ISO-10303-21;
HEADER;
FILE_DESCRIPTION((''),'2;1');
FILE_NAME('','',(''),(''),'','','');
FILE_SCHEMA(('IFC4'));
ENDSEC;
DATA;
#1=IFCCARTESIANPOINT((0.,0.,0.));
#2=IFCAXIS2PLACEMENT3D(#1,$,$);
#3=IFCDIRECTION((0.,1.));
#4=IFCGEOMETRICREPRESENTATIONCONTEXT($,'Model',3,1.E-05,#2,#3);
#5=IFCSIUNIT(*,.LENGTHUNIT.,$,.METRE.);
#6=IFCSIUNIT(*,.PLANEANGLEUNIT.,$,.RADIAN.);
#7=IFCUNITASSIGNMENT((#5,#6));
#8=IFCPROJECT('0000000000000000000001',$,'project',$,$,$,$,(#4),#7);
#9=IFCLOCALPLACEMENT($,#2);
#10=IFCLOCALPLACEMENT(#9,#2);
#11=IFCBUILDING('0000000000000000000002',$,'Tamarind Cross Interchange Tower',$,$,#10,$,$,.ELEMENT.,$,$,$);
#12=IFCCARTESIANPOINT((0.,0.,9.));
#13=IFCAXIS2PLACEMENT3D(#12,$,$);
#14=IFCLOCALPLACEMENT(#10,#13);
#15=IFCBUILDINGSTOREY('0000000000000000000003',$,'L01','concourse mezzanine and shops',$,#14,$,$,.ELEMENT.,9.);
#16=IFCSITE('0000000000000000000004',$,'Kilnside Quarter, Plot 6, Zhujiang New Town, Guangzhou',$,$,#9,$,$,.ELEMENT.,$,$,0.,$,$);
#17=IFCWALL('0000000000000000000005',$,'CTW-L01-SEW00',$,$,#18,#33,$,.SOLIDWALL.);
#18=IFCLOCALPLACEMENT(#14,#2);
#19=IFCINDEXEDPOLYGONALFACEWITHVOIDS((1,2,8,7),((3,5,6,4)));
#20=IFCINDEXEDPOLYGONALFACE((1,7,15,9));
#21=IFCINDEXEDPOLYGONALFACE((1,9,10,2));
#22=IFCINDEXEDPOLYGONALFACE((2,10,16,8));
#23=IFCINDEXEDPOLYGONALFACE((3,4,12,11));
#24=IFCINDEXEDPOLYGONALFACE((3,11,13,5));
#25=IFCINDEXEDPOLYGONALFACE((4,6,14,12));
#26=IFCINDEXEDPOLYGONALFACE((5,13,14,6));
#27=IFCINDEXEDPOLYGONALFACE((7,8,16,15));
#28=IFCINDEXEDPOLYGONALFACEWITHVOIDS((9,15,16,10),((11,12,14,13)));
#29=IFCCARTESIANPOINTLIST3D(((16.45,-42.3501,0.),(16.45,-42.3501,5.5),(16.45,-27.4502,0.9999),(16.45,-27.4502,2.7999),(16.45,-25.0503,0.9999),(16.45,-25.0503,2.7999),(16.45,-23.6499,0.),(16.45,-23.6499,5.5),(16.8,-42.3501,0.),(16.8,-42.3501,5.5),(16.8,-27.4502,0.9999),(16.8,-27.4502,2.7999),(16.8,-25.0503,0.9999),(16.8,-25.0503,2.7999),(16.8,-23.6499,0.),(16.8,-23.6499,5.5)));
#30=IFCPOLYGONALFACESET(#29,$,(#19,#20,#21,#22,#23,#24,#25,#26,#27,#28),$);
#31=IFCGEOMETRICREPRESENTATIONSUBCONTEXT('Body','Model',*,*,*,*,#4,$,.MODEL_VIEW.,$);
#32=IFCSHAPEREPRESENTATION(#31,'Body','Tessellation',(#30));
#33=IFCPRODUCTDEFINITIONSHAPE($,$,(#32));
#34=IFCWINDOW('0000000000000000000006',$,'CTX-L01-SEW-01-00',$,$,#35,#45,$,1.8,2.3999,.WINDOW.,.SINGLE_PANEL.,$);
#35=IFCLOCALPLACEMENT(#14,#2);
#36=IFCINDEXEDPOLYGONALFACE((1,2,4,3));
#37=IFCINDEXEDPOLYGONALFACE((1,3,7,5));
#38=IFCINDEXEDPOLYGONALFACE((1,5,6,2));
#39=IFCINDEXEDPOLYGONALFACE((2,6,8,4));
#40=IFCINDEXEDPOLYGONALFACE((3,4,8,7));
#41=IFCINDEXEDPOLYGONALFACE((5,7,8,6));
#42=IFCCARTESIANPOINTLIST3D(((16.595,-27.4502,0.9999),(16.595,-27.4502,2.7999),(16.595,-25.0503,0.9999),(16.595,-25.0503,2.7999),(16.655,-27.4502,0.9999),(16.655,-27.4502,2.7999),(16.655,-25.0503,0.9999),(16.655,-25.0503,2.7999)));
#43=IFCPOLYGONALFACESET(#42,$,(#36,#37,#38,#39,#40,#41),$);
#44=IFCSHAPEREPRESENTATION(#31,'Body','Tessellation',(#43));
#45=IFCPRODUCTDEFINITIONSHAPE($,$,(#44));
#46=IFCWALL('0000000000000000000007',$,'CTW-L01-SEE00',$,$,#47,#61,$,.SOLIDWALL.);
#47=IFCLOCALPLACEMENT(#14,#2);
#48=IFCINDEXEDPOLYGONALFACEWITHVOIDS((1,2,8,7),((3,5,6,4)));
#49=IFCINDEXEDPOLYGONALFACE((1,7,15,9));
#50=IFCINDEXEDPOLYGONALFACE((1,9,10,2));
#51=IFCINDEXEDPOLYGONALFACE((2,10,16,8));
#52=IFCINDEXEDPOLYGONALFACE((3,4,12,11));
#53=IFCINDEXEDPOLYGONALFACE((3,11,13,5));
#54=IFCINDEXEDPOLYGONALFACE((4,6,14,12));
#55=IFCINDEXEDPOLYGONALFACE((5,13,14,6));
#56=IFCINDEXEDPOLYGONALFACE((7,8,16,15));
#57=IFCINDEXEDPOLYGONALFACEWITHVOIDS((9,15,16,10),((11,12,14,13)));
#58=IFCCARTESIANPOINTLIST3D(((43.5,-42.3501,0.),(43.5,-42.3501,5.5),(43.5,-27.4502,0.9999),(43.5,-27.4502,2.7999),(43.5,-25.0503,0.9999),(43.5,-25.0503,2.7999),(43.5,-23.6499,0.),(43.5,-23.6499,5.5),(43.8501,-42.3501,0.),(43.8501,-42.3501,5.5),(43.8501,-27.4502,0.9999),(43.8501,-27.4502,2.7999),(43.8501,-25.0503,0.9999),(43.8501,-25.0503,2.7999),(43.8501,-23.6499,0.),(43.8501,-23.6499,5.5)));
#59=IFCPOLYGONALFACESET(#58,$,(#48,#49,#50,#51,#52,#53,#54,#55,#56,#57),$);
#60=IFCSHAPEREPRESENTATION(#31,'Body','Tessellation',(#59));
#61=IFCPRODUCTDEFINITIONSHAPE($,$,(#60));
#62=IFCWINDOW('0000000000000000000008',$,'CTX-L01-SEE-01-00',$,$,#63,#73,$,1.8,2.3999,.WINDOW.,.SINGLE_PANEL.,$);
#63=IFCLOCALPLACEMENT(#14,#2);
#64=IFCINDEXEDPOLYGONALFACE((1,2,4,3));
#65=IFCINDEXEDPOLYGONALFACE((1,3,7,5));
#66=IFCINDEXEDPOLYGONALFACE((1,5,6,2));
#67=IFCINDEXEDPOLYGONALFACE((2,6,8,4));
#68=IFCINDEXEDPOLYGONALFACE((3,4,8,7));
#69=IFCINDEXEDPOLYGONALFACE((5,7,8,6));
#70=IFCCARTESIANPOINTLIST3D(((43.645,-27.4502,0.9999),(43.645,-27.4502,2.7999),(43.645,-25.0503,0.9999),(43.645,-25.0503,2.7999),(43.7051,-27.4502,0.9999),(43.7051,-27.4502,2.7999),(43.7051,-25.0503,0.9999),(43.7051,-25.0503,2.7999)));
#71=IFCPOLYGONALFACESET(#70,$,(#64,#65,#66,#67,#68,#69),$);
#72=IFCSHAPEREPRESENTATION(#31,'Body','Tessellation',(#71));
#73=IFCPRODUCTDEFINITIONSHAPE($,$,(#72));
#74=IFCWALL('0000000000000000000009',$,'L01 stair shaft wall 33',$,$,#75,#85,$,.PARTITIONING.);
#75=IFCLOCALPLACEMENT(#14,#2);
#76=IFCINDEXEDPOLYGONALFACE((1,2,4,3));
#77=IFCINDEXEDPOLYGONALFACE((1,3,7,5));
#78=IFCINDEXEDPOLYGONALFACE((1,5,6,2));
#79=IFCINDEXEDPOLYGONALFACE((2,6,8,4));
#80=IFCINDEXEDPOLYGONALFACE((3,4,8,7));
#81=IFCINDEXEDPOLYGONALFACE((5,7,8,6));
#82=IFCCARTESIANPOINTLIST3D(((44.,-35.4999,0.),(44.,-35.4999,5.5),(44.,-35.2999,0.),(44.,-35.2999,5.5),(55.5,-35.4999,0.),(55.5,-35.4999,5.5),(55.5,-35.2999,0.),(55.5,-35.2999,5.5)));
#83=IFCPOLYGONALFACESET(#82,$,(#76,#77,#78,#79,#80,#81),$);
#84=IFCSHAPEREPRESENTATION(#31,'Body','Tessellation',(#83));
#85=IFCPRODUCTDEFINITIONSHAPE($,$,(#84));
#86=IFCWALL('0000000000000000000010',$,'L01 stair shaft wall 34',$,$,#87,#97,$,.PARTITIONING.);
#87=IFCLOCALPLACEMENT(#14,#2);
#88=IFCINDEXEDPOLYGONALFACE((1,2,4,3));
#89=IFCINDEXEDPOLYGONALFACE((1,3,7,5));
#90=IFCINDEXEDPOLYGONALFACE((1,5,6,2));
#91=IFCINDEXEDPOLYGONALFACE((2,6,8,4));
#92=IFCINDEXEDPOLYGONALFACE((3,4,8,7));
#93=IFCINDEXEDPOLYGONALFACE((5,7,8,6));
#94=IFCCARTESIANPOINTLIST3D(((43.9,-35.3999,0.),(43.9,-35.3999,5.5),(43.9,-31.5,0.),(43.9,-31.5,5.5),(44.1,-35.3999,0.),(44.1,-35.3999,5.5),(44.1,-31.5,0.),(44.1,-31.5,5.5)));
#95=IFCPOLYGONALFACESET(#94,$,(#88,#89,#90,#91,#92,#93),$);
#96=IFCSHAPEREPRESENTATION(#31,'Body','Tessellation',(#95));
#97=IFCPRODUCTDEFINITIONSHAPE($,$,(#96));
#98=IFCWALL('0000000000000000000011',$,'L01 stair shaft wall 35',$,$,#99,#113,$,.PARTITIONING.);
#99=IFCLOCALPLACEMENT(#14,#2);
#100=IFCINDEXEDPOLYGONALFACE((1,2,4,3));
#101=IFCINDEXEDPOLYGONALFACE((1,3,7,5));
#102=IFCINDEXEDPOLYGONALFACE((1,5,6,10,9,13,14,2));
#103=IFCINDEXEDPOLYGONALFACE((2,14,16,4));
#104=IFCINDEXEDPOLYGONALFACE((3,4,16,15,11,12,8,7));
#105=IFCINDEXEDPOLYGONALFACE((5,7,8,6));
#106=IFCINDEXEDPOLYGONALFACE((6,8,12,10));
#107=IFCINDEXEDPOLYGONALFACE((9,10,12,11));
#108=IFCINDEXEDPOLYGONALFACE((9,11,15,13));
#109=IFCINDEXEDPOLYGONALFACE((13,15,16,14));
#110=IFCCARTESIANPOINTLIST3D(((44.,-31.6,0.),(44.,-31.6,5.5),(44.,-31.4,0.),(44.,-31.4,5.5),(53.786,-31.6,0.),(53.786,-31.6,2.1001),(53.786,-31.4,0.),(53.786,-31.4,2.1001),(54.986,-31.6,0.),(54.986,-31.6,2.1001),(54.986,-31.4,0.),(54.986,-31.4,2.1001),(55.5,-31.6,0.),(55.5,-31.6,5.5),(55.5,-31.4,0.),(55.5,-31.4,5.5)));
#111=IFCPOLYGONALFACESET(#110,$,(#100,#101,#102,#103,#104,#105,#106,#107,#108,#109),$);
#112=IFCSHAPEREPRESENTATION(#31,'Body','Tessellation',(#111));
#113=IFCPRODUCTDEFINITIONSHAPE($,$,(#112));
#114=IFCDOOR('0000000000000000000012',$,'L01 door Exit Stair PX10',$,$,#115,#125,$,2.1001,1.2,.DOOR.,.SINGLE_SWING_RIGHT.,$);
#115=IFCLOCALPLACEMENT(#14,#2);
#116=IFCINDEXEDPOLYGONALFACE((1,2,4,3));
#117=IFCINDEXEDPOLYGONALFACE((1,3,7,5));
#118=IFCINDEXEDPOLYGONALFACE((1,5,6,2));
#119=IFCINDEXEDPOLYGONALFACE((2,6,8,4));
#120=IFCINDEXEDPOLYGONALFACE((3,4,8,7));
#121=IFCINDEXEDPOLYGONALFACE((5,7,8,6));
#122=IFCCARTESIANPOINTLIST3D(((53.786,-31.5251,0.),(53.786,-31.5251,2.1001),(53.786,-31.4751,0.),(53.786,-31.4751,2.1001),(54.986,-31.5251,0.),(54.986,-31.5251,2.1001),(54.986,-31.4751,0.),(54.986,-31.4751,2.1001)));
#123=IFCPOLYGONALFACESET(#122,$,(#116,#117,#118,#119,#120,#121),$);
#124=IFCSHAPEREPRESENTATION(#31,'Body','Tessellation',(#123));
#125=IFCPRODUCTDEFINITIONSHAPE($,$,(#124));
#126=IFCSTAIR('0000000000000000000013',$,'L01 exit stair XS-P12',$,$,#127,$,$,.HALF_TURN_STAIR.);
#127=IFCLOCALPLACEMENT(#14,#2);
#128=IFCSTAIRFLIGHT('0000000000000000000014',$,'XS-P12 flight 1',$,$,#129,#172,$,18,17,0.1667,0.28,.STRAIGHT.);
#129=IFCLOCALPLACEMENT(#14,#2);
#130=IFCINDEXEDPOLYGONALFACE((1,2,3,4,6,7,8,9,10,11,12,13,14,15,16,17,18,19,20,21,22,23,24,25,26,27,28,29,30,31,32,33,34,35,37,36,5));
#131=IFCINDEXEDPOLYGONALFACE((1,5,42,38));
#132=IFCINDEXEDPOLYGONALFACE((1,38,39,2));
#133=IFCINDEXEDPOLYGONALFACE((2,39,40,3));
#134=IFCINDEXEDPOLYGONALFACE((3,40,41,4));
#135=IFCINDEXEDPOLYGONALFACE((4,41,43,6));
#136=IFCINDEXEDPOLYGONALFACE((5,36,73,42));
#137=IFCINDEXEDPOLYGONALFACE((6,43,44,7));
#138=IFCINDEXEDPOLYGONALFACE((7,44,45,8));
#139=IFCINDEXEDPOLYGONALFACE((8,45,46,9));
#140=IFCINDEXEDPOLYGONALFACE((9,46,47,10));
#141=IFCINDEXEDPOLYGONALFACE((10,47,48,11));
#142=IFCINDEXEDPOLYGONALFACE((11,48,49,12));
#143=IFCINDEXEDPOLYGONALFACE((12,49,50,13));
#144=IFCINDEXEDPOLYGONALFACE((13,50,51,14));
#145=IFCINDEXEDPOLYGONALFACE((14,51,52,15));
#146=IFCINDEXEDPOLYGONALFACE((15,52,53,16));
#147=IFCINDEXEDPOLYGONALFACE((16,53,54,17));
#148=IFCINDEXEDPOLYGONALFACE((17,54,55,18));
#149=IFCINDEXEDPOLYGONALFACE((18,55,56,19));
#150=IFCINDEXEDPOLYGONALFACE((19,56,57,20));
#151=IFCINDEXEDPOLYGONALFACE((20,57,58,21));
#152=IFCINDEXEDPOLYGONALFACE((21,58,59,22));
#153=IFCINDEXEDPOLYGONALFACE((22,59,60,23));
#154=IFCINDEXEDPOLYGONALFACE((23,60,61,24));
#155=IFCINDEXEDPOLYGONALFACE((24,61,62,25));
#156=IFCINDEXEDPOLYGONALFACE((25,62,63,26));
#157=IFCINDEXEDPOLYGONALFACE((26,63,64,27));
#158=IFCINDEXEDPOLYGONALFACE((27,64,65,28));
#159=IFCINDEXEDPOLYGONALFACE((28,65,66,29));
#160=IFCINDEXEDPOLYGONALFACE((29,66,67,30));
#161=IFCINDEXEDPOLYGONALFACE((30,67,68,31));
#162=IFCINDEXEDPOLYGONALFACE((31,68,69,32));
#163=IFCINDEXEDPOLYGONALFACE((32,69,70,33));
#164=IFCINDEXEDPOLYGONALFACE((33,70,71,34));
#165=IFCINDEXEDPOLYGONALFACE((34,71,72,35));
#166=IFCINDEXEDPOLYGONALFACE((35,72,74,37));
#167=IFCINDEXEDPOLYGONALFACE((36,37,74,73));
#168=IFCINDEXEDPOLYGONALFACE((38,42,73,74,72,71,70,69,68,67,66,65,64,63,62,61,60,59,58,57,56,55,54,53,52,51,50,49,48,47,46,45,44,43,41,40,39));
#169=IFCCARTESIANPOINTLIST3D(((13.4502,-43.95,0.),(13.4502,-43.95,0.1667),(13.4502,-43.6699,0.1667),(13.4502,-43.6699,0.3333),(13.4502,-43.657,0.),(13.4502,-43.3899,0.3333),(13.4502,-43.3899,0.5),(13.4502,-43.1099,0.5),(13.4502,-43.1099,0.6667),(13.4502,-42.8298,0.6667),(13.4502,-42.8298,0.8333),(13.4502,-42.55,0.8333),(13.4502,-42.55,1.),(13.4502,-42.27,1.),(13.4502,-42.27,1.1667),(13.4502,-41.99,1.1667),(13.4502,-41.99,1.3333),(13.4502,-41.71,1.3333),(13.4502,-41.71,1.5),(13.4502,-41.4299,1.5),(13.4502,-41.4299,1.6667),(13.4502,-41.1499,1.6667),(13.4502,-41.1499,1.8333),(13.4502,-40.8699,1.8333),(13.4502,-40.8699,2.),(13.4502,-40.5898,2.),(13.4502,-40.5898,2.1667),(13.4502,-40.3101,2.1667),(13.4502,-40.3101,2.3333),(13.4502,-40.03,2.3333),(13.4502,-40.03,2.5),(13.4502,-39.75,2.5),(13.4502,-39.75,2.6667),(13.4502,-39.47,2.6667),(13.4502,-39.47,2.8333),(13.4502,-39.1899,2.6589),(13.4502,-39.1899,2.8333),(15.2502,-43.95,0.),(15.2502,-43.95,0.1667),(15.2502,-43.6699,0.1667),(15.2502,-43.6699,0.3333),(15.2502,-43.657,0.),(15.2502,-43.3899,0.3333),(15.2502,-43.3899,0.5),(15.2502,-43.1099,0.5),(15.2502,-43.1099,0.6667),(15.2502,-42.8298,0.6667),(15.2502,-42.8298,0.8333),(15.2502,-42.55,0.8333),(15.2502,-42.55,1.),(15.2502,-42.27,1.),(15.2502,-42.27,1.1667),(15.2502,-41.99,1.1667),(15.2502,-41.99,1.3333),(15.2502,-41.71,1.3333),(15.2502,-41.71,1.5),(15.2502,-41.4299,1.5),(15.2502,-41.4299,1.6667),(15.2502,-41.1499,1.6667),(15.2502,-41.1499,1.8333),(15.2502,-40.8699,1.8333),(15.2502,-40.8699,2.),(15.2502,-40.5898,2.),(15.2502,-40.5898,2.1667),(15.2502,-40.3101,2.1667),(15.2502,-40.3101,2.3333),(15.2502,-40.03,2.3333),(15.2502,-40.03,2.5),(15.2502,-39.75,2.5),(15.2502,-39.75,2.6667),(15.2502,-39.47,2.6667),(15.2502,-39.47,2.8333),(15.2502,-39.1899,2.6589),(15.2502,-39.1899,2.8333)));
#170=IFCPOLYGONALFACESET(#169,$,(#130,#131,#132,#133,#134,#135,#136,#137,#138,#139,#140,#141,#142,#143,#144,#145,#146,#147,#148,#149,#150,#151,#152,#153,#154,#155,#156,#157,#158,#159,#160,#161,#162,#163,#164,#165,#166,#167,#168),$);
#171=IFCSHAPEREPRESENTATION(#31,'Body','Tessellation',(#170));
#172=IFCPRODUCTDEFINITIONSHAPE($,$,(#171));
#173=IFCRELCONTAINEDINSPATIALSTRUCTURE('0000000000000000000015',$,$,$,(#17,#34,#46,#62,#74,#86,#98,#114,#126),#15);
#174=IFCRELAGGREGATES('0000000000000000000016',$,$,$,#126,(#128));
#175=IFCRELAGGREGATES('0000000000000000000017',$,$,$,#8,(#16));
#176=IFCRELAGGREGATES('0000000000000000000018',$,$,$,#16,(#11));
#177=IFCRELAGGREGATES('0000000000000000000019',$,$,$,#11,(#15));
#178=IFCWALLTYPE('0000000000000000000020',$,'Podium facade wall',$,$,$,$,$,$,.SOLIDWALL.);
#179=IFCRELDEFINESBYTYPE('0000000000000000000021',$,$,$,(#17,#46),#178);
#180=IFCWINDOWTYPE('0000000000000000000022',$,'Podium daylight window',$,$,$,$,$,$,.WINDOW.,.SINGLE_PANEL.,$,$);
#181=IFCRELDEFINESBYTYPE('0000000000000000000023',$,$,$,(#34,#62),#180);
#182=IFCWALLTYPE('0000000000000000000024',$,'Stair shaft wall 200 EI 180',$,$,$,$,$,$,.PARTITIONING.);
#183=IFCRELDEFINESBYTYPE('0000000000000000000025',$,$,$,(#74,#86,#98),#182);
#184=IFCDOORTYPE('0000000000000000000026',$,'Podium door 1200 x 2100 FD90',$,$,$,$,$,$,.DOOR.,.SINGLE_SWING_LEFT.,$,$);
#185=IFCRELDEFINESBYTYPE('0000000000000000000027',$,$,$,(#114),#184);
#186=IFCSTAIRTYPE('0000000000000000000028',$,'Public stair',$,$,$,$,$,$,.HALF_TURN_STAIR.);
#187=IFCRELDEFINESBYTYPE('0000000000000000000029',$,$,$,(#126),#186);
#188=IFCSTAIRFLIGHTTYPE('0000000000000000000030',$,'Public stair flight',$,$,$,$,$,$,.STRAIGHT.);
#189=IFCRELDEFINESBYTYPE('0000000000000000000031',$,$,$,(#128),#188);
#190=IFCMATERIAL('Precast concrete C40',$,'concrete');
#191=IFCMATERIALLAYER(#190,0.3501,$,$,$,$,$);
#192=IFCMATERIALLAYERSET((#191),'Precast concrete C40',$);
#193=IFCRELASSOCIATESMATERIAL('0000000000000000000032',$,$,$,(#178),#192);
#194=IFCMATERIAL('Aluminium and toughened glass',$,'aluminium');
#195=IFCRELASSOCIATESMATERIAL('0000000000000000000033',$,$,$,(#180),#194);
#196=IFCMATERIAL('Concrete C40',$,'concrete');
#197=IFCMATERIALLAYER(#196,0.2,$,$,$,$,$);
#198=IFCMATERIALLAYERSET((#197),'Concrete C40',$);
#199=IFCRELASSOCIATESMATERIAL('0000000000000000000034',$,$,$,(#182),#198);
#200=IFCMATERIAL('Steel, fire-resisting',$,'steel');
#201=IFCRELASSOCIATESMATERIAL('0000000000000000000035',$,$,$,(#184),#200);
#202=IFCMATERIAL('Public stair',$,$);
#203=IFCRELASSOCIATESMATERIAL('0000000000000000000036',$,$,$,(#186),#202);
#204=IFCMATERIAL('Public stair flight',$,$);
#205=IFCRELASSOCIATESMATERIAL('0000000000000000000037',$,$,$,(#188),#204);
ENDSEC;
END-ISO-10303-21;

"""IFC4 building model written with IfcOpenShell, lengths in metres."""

from ifc_helpers import new_model, si_unit, direction, frame, frame_2d, origin, place, context, subcontext, project, spatial, polyline, rectangle, outline, extrude, material, layer, layer_set, type_object, element, fill, aggregate, save


model = new_model("IFC4")

# Units and contexts
model_context = context("Model", 3, precision=1e-05, world=origin(), true_north=direction((0.0, 1.0)))
body_context = subcontext(model_context, "Body", "Model", "MODEL_VIEW")
ifc_project = project(units=[si_unit("LENGTHUNIT", "METRE"), si_unit("PLANEANGLEUNIT", "RADIAN")], contexts=[model_context])

# Site, building, storey
site_placement = place(None, origin())
site = spatial("IfcSite", under=ifc_project, at=site_placement, Name="Kilnside Quarter, Plot 6, Zhujiang New Town, Guangzhou", CompositionType="ELEMENT", RefElevation=0.0)
building_placement = place(site_placement, origin())
building = spatial("IfcBuilding", under=site, at=building_placement, Name="Tamarind Cross Interchange Tower", CompositionType="ELEMENT")
storey_placement = place(building_placement, frame((0.0, 0.0, 9.0)))
storey = spatial("IfcBuildingStorey", under=building, at=storey_placement, Name="L01", Description="concourse mezzanine and shops", CompositionType="ELEMENT", Elevation=9.0)

# Shared definitions
ifc_material_1 = material(Name="Steel, fire-resisting", Category="steel")

# Walls, openings, windows
ifc_material_2 = material(Name="Precast concrete C40", Category="concrete")
ifc_layer_1 = layer(ifc_material_2, 0.3501)
ifc_layer_set_1 = layer_set([ifc_layer_1], Name="Precast concrete C40")
wall_type_1 = type_object("IfcWallType", Name="Podium facade wall", PredefinedType="SOLIDWALL", material=ifc_layer_set_1)
ifc_material_3 = material(Name="Aluminium and toughened glass", Category="aluminium")
window_type = type_object("IfcWindowType", Name="Podium daylight window", PartitioningType="SINGLE_PANEL", PredefinedType="WINDOW", material=ifc_material_3)
wall_1_placement = place(storey_placement, frame((16.625, -42.3501, 0.0), z_axis=(0.0, 0.0, 1.0), x_axis=(0.0, 1.0, 0.0)))
wall_1 = element("IfcWall", 1, at=wall_1_placement, inside=storey, type_object=wall_type_1, Name="CTW-L01-SEW00", PredefinedType="SOLIDWALL", context=body_context, shape_type="SweptSolid", body=[
    extrude(rectangle(XDim=18.7002, YDim=0.3501, at=frame_2d((9.3501, 0.0))), origin(), (0.0, 0.0, 1.0), 5.5),
])
opening_1_placement = place(wall_1_placement, frame((14.8999, 0.0, 1.0)))
opening_1 = element("IfcOpeningElement", 2, at=opening_1_placement, cuts=wall_1, PredefinedType="OPENING", context=body_context, shape_type="SweptSolid", body=[
    extrude(rectangle(XDim=2.3999, YDim=1.8, at=frame_2d((1.2, 0.8999))), frame((0.0, 0.1851, 0.0), z_axis=(0.0, -1.0, 0.0), x_axis=(1.0, 0.0, 0.0)), (0.0, 0.0, 1.0), 0.3701),
])
window_1_placement = place(opening_1_placement, origin())
window_1 = element("IfcWindow", 3, at=window_1_placement, inside=storey, type_object=window_type, Name="CTX-L01-SEW-01-00", OverallHeight=1.8, OverallWidth=2.3999, PartitioningType="SINGLE_PANEL", PredefinedType="WINDOW", context=body_context, shape_type="SweptSolid", body=[
    extrude(rectangle(XDim=2.3999, YDim=1.8, at=frame_2d((1.2, 0.8999))), frame((0.0, 0.03, 0.0), z_axis=(0.0, -1.0, 0.0), x_axis=(1.0, 0.0, 0.0)), (0.0, 0.0, 1.0), 0.0601),
])
fill(opening_1, window_1)
wall_2_placement = place(storey_placement, frame((43.675, -42.3501, 0.0), z_axis=(0.0, 0.0, 1.0), x_axis=(0.0, 1.0, 0.0)))
wall_2 = element("IfcWall", 4, at=wall_2_placement, inside=storey, type_object=wall_type_1, Name="CTW-L01-SEE00", PredefinedType="SOLIDWALL", context=body_context, shape_type="SweptSolid", body=[
    extrude(rectangle(XDim=18.7002, YDim=0.3501, at=frame_2d((9.3501, 0.0))), origin(), (0.0, 0.0, 1.0), 5.5),
])
opening_2_placement = place(wall_2_placement, frame((14.8999, 0.0, 1.0)))
opening_2 = element("IfcOpeningElement", 5, at=opening_2_placement, cuts=wall_2, PredefinedType="OPENING", context=body_context, shape_type="SweptSolid", body=[
    extrude(rectangle(XDim=2.3999, YDim=1.8, at=frame_2d((1.2, 0.8999))), frame((0.0, 0.1851, 0.0), z_axis=(0.0, -1.0, 0.0), x_axis=(1.0, 0.0, 0.0)), (0.0, 0.0, 1.0), 0.3701),
])
window_2_placement = place(opening_2_placement, origin())
window_2 = element("IfcWindow", 6, at=window_2_placement, inside=storey, type_object=window_type, Name="CTX-L01-SEE-01-00", OverallHeight=1.8, OverallWidth=2.3999, PartitioningType="SINGLE_PANEL", PredefinedType="WINDOW", context=body_context, shape_type="SweptSolid", body=[
    extrude(rectangle(XDim=2.3999, YDim=1.8, at=frame_2d((1.2, 0.8999))), frame((0.0, 0.03, 0.0), z_axis=(0.0, -1.0, 0.0), x_axis=(1.0, 0.0, 0.0)), (0.0, 0.0, 1.0), 0.0601),
])
fill(opening_2, window_2)

# Walls
ifc_material_4 = material(Name="Concrete C40", Category="concrete")
ifc_layer_2 = layer(ifc_material_4, 0.2)
ifc_layer_set_2 = layer_set([ifc_layer_2], Name="Concrete C40")
wall_type_2 = type_object("IfcWallType", Name="Stair shaft wall 200 EI 180", PredefinedType="PARTITIONING", material=ifc_layer_set_2)
wall_3_placement = place(storey_placement, frame((44.0, -35.3999, 0.0), z_axis=(0.0, 0.0, 1.0), x_axis=(1.0, 0.0, 0.0)))
element("IfcWall", 7, at=wall_3_placement, inside=storey, type_object=wall_type_2, Name="L01 stair shaft wall 33", PredefinedType="PARTITIONING", context=body_context, shape_type="SweptSolid", body=[
    extrude(rectangle(XDim=11.5, YDim=0.2, at=frame_2d((5.75, 0.0))), origin(), (0.0, 0.0, 1.0), 5.5),
])
wall_4_placement = place(storey_placement, frame((44.0, -35.3999, 0.0), z_axis=(0.0, 0.0, 1.0), x_axis=(0.0, 1.0, 0.0)))
element("IfcWall", 8, at=wall_4_placement, inside=storey, type_object=wall_type_2, Name="L01 stair shaft wall 34", PredefinedType="PARTITIONING", context=body_context, shape_type="SweptSolid", body=[
    extrude(rectangle(XDim=3.8999, YDim=0.2, at=frame_2d((1.95, 0.0))), origin(), (0.0, 0.0, 1.0), 5.5),
])

# Wall, opening, door
wall_5_placement = place(storey_placement, frame((44.0, -31.5, 0.0), z_axis=(0.0, 0.0, 1.0), x_axis=(1.0, 0.0, 0.0)))
wall_5 = element("IfcWall", 9, at=wall_5_placement, inside=storey, type_object=wall_type_2, Name="L01 stair shaft wall 35", PredefinedType="PARTITIONING", context=body_context, shape_type="SweptSolid", body=[
    extrude(rectangle(XDim=11.5, YDim=0.2, at=frame_2d((5.75, 0.0))), origin(), (0.0, 0.0, 1.0), 5.5),
])
opening_3_placement = place(wall_5_placement, frame((9.7859, 0.0, 0.0)))
opening_3 = element("IfcOpeningElement", 10, at=opening_3_placement, cuts=wall_5, PredefinedType="OPENING", context=body_context, shape_type="SweptSolid", body=[
    extrude(rectangle(XDim=1.2, YDim=2.1001, at=frame_2d((0.6001, 1.05))), frame((0.0, 0.1099, 0.0), z_axis=(0.0, -1.0, 0.0), x_axis=(1.0, 0.0, 0.0)), (0.0, 0.0, 1.0), 0.22),
])
door_type_1 = type_object("IfcDoorType", Name="Podium door 1200 x 2100 FD90", OperationType="SINGLE_SWING_LEFT", PredefinedType="DOOR", material=ifc_material_1)
door_1_placement = place(opening_3_placement, origin())
door_1 = element("IfcDoor", 11, at=door_1_placement, inside=storey, type_object=door_type_1, Name="L01 door Exit Stair PX10", OperationType="SINGLE_SWING_RIGHT", OverallHeight=2.1001, OverallWidth=1.2, PredefinedType="DOOR", context=body_context, shape_type="SweptSolid", body=[
    extrude(rectangle(XDim=1.2, YDim=2.1001, at=frame_2d((0.6001, 1.05))), frame((0.0, 0.0249, 0.0), z_axis=(0.0, -1.0, 0.0), x_axis=(1.0, 0.0, 0.0)), (0.0, 0.0, 1.0), 0.05),
])
fill(opening_3, door_1)

# Stair, stair flight
ifc_material_5 = material(Name="Public stair")
stair_type = type_object("IfcStairType", Name="Public stair", PredefinedType="HALF_TURN_STAIR", material=ifc_material_5)
stair_placement = place(storey_placement, origin())
stair = element("IfcStair", 12, at=stair_placement, inside=storey, type_object=stair_type, Name="L01 exit stair XS-P12", PredefinedType="HALF_TURN_STAIR")
ifc_material_6 = material(Name="Public stair flight")
stair_flight_type = type_object("IfcStairFlightType", Name="Public stair flight", PredefinedType="STRAIGHT", material=ifc_material_6)
stair_flight_placement = place(storey_placement, frame((14.3501, -43.95, 0.0), z_axis=(0.0, 0.0, 1.0), x_axis=(0.0, 1.0, 0.0)))
stair_flight = element("IfcStairFlight", 13, at=stair_flight_placement, type_object=stair_flight_type, Name="XS-P12 flight 1", NumberOfRisers=18, NumberOfTreads=17, PredefinedType="STRAIGHT", RiserHeight=0.1667, TreadLength=0.28, context=body_context, shape_type="SweptSolid", body=[
    extrude(outline(polyline([(0.0, 0.0), (0.0, 0.1667), (0.28, 0.1667), (0.28, 0.3333), (0.5601, 0.3333), (0.5601, 0.5), (0.8401, 0.5), (0.8401, 0.6667), (1.1201, 0.6667), (1.1201, 0.8333), (1.3999, 0.8333), (1.3999, 1.0), (1.6799, 1.0), (1.6799, 1.1667), (1.96, 1.1667), (1.96, 1.3333), (2.24, 1.3333), (2.24, 1.5), (2.52, 1.5), (2.52, 1.6667), (2.8, 1.6667), (2.8, 1.8333), (3.0801, 1.8333), (3.0801, 2.0), (3.3601, 2.0), (3.3601, 2.1667), (3.6399, 2.1667), (3.6399, 2.3333), (3.9199, 2.3333), (3.9199, 2.5), (4.2, 2.5), (4.2, 2.6667), (4.48, 2.6667), (4.48, 2.8333), (4.76, 2.8333), (4.76, 3.0), (4.76, 2.6589), (0.293, 0.0), (0.0, 0.0)])), frame((0.0, 0.8999, 0.0), z_axis=(0.0, -1.0, 0.0), x_axis=(1.0, 0.0, 0.0)), (0.0, 0.0, 1.0), 1.8),
])
aggregate(stair, [stair_flight])

save(model, "model.ifc")
